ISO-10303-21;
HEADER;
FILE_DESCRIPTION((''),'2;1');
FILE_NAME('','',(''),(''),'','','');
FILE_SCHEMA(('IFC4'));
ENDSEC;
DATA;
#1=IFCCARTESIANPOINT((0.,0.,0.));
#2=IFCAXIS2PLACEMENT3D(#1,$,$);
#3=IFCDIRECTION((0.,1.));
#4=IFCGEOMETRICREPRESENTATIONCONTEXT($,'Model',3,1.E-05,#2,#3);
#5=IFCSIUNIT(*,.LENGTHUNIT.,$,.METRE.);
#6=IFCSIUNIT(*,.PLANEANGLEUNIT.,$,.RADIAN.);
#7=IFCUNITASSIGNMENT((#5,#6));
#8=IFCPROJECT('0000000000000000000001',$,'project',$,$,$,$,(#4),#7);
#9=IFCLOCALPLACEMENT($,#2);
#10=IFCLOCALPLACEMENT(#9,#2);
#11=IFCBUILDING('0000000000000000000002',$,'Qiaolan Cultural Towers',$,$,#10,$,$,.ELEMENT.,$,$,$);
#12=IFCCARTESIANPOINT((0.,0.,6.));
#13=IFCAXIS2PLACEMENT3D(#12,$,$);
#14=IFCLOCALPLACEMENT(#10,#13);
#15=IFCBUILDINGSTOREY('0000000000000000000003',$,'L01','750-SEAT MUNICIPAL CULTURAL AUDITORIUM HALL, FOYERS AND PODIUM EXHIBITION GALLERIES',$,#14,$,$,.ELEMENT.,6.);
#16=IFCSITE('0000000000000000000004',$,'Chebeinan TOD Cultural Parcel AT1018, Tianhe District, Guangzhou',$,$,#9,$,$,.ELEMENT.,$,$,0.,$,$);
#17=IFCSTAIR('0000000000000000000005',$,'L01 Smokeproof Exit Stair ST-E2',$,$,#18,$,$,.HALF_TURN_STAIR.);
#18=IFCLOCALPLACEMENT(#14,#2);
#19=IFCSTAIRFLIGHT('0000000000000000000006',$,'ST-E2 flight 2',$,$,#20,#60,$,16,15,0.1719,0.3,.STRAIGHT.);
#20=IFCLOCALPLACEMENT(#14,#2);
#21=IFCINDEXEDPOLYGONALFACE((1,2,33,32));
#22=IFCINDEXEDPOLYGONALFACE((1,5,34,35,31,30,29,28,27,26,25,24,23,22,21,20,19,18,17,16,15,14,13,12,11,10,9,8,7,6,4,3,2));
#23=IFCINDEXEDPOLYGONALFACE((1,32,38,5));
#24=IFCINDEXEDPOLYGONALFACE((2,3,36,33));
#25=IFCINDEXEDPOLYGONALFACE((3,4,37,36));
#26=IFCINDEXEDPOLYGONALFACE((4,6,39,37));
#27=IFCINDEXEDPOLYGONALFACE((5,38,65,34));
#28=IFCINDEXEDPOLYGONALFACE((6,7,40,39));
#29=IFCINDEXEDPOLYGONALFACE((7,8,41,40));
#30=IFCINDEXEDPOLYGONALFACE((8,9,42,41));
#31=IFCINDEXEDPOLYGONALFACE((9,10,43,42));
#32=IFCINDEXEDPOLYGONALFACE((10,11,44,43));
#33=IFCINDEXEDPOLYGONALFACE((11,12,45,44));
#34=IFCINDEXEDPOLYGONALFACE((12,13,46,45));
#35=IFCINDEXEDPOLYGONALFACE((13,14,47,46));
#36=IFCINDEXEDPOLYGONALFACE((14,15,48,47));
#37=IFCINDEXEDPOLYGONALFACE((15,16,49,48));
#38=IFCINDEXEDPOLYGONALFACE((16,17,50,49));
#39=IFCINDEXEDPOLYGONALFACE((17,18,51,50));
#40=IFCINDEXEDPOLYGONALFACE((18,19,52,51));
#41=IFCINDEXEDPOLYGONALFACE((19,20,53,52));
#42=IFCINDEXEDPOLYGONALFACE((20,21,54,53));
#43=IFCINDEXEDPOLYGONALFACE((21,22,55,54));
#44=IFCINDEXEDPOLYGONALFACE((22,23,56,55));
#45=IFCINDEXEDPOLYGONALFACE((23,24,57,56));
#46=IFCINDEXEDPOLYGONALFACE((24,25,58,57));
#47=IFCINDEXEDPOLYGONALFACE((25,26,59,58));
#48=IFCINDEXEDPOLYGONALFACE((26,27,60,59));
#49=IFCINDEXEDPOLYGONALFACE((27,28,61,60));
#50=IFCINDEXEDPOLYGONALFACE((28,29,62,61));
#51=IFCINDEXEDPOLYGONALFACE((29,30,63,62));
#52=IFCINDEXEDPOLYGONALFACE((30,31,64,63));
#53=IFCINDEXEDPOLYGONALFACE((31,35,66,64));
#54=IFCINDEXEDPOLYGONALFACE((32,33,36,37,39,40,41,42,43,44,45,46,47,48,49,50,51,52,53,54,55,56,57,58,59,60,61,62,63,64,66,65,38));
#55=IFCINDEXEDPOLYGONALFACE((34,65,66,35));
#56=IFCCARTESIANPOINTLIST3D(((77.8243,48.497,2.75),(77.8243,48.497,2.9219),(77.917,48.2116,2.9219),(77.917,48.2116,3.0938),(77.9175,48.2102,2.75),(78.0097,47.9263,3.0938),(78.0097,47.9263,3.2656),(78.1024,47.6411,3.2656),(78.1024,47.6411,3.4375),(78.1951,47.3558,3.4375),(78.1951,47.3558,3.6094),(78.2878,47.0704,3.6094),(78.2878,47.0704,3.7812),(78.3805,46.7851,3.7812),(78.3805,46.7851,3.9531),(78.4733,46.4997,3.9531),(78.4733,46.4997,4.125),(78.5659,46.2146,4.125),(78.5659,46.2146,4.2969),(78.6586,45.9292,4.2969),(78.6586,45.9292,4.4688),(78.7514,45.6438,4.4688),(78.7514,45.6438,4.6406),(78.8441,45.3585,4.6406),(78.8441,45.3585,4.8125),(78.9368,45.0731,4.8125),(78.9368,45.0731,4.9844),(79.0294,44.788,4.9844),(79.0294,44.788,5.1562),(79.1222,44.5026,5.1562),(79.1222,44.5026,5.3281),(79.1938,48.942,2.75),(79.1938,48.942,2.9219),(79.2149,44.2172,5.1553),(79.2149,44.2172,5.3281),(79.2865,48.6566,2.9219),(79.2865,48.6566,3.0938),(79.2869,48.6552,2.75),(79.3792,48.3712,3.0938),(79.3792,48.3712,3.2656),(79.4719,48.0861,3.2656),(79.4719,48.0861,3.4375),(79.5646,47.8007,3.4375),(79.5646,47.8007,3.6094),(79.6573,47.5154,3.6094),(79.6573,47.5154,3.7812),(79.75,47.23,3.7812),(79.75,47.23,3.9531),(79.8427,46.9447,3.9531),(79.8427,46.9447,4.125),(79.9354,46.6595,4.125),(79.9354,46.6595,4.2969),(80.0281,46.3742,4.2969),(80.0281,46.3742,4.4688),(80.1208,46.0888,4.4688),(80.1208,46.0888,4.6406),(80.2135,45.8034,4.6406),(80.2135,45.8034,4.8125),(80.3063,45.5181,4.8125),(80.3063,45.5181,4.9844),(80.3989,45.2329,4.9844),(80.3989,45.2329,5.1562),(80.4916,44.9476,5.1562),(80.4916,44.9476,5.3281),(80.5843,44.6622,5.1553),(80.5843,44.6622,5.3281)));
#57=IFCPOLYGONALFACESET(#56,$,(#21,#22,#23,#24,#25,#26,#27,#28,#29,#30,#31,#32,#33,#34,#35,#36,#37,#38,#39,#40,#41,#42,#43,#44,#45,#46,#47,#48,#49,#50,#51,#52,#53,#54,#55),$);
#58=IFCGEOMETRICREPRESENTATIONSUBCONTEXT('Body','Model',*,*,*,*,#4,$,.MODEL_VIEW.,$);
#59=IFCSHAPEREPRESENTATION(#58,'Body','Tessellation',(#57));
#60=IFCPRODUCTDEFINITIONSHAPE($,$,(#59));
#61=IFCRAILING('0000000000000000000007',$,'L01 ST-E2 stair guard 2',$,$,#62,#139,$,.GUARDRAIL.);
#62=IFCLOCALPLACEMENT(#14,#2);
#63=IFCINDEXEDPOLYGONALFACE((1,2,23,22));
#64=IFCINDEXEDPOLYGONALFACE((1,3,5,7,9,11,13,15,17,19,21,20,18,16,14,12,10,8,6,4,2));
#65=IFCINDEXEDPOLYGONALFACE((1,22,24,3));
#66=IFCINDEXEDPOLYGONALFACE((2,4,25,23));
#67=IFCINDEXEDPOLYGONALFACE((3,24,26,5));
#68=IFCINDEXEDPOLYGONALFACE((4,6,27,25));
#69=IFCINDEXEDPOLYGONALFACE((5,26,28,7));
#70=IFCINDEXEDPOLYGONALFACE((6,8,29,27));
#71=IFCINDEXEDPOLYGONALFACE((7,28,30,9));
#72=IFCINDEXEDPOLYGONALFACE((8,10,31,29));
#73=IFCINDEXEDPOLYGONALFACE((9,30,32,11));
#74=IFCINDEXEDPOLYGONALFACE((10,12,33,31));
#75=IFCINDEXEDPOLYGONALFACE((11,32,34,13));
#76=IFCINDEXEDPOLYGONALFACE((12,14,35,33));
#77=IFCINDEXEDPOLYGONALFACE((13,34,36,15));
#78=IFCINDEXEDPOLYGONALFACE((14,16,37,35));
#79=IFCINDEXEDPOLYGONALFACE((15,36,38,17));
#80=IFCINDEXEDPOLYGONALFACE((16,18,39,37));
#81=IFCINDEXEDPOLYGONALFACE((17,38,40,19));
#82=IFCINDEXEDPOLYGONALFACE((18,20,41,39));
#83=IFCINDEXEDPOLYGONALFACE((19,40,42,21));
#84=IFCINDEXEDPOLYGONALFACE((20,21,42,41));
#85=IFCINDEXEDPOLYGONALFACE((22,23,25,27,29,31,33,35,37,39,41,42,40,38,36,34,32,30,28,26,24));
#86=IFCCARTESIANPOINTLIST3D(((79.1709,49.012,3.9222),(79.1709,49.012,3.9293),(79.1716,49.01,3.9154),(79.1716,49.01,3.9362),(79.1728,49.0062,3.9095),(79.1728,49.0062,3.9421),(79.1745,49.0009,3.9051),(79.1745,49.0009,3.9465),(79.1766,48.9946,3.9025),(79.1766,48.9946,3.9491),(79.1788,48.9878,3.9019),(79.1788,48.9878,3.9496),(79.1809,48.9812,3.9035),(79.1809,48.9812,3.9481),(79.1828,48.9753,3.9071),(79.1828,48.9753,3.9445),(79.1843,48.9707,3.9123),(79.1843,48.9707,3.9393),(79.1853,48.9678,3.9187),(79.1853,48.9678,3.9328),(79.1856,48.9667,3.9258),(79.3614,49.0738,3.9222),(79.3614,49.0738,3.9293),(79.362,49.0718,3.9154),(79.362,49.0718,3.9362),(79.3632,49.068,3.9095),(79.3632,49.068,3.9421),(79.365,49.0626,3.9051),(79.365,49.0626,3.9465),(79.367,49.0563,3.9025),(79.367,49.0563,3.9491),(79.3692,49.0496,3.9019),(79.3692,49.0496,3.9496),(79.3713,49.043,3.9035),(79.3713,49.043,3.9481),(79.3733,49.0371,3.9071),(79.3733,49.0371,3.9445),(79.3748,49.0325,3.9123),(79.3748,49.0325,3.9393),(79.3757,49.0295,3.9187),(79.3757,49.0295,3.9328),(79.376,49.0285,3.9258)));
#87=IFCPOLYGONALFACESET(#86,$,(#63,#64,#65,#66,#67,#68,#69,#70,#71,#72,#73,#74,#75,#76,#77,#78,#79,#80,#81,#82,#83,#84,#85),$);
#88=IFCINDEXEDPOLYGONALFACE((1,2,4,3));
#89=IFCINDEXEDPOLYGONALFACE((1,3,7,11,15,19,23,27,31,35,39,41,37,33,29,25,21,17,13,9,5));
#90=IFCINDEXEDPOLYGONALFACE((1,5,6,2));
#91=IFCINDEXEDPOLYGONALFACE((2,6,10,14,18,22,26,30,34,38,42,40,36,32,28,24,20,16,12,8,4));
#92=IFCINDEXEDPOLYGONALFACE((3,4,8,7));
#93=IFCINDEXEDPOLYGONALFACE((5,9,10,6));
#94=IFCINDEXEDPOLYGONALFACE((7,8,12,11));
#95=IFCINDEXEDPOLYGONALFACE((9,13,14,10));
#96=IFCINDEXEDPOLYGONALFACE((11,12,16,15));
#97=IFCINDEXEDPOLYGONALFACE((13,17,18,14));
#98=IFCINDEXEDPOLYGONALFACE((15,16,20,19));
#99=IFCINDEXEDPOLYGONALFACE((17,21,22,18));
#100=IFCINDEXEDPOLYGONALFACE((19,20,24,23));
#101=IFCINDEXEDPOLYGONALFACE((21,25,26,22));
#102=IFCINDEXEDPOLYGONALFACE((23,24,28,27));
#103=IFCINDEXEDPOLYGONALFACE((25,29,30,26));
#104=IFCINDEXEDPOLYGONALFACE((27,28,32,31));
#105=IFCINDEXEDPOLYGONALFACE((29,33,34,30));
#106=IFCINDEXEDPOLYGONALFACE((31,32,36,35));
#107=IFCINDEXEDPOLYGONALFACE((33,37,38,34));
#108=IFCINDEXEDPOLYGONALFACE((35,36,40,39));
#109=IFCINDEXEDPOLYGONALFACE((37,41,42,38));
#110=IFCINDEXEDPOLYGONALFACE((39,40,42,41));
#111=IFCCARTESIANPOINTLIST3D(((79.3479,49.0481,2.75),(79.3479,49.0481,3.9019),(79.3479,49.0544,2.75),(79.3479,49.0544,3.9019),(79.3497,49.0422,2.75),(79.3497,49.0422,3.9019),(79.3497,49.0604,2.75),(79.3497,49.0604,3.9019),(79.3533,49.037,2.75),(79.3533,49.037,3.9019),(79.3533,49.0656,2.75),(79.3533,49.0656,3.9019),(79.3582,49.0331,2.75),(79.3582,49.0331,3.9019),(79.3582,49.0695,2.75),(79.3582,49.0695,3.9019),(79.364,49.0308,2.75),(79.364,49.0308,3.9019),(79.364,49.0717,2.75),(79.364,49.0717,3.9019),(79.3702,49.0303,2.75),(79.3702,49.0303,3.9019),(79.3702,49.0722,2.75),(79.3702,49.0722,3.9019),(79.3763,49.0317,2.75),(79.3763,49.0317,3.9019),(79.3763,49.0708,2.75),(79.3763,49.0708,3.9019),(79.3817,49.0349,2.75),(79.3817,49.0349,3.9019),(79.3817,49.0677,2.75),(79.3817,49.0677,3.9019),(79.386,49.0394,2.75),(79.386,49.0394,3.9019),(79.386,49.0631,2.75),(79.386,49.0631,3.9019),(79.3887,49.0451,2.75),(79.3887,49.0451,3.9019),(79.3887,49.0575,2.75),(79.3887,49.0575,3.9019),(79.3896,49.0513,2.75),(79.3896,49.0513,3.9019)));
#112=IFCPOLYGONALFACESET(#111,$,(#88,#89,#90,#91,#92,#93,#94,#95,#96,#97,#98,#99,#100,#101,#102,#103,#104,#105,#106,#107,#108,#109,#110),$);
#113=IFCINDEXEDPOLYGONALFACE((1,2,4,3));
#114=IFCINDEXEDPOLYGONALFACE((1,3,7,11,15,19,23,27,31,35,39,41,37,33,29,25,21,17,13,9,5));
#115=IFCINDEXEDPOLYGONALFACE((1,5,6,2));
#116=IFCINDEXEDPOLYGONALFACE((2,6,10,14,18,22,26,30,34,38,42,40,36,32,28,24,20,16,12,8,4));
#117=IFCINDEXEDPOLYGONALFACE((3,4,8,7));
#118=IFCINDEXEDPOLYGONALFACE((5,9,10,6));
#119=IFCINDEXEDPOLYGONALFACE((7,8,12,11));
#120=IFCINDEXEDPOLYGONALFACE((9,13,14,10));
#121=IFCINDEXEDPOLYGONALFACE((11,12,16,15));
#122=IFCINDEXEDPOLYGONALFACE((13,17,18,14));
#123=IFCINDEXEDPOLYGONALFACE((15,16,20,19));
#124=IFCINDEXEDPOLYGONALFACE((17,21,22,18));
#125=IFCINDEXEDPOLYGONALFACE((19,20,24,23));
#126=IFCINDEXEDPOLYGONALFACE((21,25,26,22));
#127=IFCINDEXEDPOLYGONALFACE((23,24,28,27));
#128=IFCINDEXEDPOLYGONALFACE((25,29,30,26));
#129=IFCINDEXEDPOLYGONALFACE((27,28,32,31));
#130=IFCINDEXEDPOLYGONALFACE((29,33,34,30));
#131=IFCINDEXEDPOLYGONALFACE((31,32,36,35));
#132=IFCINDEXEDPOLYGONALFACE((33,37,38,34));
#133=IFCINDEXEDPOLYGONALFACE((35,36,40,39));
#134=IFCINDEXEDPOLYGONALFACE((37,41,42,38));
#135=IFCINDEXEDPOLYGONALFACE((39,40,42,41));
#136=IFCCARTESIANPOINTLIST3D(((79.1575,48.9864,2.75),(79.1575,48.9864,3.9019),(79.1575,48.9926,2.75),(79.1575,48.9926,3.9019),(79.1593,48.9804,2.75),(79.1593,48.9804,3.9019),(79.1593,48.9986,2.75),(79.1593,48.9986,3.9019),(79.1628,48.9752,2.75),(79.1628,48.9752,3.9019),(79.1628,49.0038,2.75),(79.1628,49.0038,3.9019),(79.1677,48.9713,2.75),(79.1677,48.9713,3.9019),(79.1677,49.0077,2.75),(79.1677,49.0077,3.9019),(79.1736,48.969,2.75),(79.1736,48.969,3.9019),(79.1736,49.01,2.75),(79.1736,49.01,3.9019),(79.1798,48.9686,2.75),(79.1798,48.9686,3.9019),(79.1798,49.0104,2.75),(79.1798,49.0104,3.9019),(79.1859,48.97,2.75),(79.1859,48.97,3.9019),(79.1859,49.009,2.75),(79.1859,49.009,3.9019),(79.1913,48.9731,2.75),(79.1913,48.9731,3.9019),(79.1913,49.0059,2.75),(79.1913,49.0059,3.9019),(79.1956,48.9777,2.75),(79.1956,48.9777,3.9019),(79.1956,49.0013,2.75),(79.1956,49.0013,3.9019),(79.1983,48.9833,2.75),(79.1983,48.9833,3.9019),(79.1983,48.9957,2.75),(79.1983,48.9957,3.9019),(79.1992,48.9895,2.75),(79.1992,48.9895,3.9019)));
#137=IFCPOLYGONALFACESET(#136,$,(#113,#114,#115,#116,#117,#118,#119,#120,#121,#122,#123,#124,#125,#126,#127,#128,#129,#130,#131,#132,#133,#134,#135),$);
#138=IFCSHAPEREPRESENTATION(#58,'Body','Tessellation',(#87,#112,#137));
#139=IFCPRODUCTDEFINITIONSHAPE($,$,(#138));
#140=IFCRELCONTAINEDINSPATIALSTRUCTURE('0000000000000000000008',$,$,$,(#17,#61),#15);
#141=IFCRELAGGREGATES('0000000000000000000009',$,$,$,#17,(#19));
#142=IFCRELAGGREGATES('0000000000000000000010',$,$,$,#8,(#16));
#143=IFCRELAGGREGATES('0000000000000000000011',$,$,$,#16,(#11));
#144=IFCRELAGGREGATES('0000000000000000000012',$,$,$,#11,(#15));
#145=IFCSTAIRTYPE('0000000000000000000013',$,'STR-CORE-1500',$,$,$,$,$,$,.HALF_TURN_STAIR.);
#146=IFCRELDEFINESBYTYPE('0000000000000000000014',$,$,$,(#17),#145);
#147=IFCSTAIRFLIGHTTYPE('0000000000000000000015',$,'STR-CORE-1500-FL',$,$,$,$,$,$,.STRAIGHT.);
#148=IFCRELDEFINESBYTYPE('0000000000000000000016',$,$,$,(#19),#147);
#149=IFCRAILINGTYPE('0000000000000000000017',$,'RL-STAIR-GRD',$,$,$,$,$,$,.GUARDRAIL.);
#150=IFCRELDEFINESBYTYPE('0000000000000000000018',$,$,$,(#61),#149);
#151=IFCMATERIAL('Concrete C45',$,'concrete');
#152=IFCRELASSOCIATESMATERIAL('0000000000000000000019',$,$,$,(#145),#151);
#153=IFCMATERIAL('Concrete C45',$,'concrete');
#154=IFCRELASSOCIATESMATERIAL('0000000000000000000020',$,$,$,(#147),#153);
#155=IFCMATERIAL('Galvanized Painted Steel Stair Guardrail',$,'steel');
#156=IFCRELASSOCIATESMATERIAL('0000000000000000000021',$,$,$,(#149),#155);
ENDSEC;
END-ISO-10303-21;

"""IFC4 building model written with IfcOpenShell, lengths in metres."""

from ifc_helpers import new_model, si_unit, direction, frame, origin, origin_2d, place, context, subcontext, project, spatial, polyline, circle, outline, extrude, material, type_object, element, aggregate, save


model = new_model("IFC4")

# Units and contexts
model_context = context("Model", 3, precision=1e-05, world=origin(), true_north=direction((0.0, 1.0)))
body_context = subcontext(model_context, "Body", "Model", "MODEL_VIEW")
ifc_project = project(units=[si_unit("LENGTHUNIT", "METRE"), si_unit("PLANEANGLEUNIT", "RADIAN")], contexts=[model_context])

# Site, building, storey
site_placement = place(None, origin())
site = spatial("IfcSite", under=ifc_project, at=site_placement, Name="Chebeinan TOD Cultural Parcel AT1018, Tianhe District, Guangzhou", CompositionType="ELEMENT", RefElevation=0.0)
building_placement = place(site_placement, origin())
building = spatial("IfcBuilding", under=site, at=building_placement, Name="Qiaolan Cultural Towers", CompositionType="ELEMENT")
storey_placement = place(building_placement, frame((0.0, 0.0, 6.0)))
storey = spatial("IfcBuildingStorey", under=building, at=storey_placement, Name="L01", Description="750-SEAT MUNICIPAL CULTURAL AUDITORIUM HALL, FOYERS AND PODIUM EXHIBITION GALLERIES", CompositionType="ELEMENT", Elevation=6.0)

# Stair, stair flight
ifc_material_1 = material(Name="Concrete C45", Category="concrete")
stair_type = type_object("IfcStairType", Name="STR-CORE-1500", PredefinedType="HALF_TURN_STAIR", material=ifc_material_1)
stair_placement = place(storey_placement, origin())
stair = element("IfcStair", 1, at=stair_placement, inside=storey, type_object=stair_type, Name="L01 Smokeproof Exit Stair ST-E2", PredefinedType="HALF_TURN_STAIR")
ifc_material_2 = material(Name="Concrete C45", Category="concrete")
stair_flight_type = type_object("IfcStairFlightType", Name="STR-CORE-1500-FL", PredefinedType="STRAIGHT", material=ifc_material_2)
stair_flight_1_placement = place(storey_placement, frame((78.509, 48.7195, 2.75), z_axis=(0.0, 0.0, 1.0), x_axis=(0.309017, -0.951057, 0.0)))
stair_flight_1 = element("IfcStairFlight", 2, at=stair_flight_1_placement, type_object=stair_flight_type, Name="ST-E2 flight 2", NumberOfRisers=16, NumberOfTreads=15, PredefinedType="STRAIGHT", RiserHeight=0.1719, TreadLength=0.3, context=body_context, shape_type="SweptSolid", body=[
    extrude(outline(polyline([(0.0, 0.0), (0.0, 0.1719), (0.3, 0.1719), (0.3, 0.3438), (0.6001, 0.3438), (0.6001, 0.5156), (0.8999, 0.5156), (0.8999, 0.6875), (1.2, 0.6875), (1.2, 0.8594), (1.5, 0.8594), (1.5, 1.0312), (1.8, 1.0312), (1.8, 1.2031), (2.1001, 1.2031), (2.1001, 1.375), (2.3999, 1.375), (2.3999, 1.5469), (2.7, 1.5469), (2.7, 1.7188), (3.0, 1.7188), (3.0, 1.8906), (3.3, 1.8906), (3.3, 2.0625), (3.6001, 2.0625), (3.6001, 2.2344), (3.8999, 2.2344), (3.8999, 2.4062), (4.2, 2.4062), (4.2, 2.5781), (4.5, 2.5781), (4.5, 2.75), (4.5, 2.4053), (0.3015, 0.0), (0.0, 0.0)])), frame((0.0, 0.72, 0.0), z_axis=(0.0, -1.0, 0.0), x_axis=(1.0, 0.0, 0.0)), (0.0, 0.0, 1.0), 1.4399),
])
aggregate(stair, [stair_flight_1])

# Railing
ifc_material_3 = material(Name="Galvanized Painted Steel Stair Guardrail", Category="steel")
railing_type_1 = type_object("IfcRailingType", Name="RL-STAIR-GRD", PredefinedType="GUARDRAIL", material=ifc_material_3)
railing_1_placement = place(storey_placement, frame((79.3687, 49.0513, 2.75)))
element("IfcRailing", 3, at=railing_1_placement, inside=storey, type_object=railing_type_1, Name="L01 ST-E2 stair guard 2", PredefinedType="GUARDRAIL", context=body_context, shape_type="SweptSolid", body=[
    extrude(circle(Radius=0.0239, at=origin_2d()), frame((0.0, 0.0, 1.1758), z_axis=(-0.951213, -0.308535, 0.0), x_axis=(0.308535, -0.951213, 0.0)), (0.0, 0.0, 1.0), 0.2002),
    extrude(circle(Radius=0.021, at=origin_2d()), origin(), (0.0, 0.0, 1.0), 1.1519),
    extrude(circle(Radius=0.021, at=origin_2d()), frame((-0.1904, -0.0618, 0.0)), (0.0, 0.0, 1.0), 1.1519),
])

save(model, "model.ifc")
